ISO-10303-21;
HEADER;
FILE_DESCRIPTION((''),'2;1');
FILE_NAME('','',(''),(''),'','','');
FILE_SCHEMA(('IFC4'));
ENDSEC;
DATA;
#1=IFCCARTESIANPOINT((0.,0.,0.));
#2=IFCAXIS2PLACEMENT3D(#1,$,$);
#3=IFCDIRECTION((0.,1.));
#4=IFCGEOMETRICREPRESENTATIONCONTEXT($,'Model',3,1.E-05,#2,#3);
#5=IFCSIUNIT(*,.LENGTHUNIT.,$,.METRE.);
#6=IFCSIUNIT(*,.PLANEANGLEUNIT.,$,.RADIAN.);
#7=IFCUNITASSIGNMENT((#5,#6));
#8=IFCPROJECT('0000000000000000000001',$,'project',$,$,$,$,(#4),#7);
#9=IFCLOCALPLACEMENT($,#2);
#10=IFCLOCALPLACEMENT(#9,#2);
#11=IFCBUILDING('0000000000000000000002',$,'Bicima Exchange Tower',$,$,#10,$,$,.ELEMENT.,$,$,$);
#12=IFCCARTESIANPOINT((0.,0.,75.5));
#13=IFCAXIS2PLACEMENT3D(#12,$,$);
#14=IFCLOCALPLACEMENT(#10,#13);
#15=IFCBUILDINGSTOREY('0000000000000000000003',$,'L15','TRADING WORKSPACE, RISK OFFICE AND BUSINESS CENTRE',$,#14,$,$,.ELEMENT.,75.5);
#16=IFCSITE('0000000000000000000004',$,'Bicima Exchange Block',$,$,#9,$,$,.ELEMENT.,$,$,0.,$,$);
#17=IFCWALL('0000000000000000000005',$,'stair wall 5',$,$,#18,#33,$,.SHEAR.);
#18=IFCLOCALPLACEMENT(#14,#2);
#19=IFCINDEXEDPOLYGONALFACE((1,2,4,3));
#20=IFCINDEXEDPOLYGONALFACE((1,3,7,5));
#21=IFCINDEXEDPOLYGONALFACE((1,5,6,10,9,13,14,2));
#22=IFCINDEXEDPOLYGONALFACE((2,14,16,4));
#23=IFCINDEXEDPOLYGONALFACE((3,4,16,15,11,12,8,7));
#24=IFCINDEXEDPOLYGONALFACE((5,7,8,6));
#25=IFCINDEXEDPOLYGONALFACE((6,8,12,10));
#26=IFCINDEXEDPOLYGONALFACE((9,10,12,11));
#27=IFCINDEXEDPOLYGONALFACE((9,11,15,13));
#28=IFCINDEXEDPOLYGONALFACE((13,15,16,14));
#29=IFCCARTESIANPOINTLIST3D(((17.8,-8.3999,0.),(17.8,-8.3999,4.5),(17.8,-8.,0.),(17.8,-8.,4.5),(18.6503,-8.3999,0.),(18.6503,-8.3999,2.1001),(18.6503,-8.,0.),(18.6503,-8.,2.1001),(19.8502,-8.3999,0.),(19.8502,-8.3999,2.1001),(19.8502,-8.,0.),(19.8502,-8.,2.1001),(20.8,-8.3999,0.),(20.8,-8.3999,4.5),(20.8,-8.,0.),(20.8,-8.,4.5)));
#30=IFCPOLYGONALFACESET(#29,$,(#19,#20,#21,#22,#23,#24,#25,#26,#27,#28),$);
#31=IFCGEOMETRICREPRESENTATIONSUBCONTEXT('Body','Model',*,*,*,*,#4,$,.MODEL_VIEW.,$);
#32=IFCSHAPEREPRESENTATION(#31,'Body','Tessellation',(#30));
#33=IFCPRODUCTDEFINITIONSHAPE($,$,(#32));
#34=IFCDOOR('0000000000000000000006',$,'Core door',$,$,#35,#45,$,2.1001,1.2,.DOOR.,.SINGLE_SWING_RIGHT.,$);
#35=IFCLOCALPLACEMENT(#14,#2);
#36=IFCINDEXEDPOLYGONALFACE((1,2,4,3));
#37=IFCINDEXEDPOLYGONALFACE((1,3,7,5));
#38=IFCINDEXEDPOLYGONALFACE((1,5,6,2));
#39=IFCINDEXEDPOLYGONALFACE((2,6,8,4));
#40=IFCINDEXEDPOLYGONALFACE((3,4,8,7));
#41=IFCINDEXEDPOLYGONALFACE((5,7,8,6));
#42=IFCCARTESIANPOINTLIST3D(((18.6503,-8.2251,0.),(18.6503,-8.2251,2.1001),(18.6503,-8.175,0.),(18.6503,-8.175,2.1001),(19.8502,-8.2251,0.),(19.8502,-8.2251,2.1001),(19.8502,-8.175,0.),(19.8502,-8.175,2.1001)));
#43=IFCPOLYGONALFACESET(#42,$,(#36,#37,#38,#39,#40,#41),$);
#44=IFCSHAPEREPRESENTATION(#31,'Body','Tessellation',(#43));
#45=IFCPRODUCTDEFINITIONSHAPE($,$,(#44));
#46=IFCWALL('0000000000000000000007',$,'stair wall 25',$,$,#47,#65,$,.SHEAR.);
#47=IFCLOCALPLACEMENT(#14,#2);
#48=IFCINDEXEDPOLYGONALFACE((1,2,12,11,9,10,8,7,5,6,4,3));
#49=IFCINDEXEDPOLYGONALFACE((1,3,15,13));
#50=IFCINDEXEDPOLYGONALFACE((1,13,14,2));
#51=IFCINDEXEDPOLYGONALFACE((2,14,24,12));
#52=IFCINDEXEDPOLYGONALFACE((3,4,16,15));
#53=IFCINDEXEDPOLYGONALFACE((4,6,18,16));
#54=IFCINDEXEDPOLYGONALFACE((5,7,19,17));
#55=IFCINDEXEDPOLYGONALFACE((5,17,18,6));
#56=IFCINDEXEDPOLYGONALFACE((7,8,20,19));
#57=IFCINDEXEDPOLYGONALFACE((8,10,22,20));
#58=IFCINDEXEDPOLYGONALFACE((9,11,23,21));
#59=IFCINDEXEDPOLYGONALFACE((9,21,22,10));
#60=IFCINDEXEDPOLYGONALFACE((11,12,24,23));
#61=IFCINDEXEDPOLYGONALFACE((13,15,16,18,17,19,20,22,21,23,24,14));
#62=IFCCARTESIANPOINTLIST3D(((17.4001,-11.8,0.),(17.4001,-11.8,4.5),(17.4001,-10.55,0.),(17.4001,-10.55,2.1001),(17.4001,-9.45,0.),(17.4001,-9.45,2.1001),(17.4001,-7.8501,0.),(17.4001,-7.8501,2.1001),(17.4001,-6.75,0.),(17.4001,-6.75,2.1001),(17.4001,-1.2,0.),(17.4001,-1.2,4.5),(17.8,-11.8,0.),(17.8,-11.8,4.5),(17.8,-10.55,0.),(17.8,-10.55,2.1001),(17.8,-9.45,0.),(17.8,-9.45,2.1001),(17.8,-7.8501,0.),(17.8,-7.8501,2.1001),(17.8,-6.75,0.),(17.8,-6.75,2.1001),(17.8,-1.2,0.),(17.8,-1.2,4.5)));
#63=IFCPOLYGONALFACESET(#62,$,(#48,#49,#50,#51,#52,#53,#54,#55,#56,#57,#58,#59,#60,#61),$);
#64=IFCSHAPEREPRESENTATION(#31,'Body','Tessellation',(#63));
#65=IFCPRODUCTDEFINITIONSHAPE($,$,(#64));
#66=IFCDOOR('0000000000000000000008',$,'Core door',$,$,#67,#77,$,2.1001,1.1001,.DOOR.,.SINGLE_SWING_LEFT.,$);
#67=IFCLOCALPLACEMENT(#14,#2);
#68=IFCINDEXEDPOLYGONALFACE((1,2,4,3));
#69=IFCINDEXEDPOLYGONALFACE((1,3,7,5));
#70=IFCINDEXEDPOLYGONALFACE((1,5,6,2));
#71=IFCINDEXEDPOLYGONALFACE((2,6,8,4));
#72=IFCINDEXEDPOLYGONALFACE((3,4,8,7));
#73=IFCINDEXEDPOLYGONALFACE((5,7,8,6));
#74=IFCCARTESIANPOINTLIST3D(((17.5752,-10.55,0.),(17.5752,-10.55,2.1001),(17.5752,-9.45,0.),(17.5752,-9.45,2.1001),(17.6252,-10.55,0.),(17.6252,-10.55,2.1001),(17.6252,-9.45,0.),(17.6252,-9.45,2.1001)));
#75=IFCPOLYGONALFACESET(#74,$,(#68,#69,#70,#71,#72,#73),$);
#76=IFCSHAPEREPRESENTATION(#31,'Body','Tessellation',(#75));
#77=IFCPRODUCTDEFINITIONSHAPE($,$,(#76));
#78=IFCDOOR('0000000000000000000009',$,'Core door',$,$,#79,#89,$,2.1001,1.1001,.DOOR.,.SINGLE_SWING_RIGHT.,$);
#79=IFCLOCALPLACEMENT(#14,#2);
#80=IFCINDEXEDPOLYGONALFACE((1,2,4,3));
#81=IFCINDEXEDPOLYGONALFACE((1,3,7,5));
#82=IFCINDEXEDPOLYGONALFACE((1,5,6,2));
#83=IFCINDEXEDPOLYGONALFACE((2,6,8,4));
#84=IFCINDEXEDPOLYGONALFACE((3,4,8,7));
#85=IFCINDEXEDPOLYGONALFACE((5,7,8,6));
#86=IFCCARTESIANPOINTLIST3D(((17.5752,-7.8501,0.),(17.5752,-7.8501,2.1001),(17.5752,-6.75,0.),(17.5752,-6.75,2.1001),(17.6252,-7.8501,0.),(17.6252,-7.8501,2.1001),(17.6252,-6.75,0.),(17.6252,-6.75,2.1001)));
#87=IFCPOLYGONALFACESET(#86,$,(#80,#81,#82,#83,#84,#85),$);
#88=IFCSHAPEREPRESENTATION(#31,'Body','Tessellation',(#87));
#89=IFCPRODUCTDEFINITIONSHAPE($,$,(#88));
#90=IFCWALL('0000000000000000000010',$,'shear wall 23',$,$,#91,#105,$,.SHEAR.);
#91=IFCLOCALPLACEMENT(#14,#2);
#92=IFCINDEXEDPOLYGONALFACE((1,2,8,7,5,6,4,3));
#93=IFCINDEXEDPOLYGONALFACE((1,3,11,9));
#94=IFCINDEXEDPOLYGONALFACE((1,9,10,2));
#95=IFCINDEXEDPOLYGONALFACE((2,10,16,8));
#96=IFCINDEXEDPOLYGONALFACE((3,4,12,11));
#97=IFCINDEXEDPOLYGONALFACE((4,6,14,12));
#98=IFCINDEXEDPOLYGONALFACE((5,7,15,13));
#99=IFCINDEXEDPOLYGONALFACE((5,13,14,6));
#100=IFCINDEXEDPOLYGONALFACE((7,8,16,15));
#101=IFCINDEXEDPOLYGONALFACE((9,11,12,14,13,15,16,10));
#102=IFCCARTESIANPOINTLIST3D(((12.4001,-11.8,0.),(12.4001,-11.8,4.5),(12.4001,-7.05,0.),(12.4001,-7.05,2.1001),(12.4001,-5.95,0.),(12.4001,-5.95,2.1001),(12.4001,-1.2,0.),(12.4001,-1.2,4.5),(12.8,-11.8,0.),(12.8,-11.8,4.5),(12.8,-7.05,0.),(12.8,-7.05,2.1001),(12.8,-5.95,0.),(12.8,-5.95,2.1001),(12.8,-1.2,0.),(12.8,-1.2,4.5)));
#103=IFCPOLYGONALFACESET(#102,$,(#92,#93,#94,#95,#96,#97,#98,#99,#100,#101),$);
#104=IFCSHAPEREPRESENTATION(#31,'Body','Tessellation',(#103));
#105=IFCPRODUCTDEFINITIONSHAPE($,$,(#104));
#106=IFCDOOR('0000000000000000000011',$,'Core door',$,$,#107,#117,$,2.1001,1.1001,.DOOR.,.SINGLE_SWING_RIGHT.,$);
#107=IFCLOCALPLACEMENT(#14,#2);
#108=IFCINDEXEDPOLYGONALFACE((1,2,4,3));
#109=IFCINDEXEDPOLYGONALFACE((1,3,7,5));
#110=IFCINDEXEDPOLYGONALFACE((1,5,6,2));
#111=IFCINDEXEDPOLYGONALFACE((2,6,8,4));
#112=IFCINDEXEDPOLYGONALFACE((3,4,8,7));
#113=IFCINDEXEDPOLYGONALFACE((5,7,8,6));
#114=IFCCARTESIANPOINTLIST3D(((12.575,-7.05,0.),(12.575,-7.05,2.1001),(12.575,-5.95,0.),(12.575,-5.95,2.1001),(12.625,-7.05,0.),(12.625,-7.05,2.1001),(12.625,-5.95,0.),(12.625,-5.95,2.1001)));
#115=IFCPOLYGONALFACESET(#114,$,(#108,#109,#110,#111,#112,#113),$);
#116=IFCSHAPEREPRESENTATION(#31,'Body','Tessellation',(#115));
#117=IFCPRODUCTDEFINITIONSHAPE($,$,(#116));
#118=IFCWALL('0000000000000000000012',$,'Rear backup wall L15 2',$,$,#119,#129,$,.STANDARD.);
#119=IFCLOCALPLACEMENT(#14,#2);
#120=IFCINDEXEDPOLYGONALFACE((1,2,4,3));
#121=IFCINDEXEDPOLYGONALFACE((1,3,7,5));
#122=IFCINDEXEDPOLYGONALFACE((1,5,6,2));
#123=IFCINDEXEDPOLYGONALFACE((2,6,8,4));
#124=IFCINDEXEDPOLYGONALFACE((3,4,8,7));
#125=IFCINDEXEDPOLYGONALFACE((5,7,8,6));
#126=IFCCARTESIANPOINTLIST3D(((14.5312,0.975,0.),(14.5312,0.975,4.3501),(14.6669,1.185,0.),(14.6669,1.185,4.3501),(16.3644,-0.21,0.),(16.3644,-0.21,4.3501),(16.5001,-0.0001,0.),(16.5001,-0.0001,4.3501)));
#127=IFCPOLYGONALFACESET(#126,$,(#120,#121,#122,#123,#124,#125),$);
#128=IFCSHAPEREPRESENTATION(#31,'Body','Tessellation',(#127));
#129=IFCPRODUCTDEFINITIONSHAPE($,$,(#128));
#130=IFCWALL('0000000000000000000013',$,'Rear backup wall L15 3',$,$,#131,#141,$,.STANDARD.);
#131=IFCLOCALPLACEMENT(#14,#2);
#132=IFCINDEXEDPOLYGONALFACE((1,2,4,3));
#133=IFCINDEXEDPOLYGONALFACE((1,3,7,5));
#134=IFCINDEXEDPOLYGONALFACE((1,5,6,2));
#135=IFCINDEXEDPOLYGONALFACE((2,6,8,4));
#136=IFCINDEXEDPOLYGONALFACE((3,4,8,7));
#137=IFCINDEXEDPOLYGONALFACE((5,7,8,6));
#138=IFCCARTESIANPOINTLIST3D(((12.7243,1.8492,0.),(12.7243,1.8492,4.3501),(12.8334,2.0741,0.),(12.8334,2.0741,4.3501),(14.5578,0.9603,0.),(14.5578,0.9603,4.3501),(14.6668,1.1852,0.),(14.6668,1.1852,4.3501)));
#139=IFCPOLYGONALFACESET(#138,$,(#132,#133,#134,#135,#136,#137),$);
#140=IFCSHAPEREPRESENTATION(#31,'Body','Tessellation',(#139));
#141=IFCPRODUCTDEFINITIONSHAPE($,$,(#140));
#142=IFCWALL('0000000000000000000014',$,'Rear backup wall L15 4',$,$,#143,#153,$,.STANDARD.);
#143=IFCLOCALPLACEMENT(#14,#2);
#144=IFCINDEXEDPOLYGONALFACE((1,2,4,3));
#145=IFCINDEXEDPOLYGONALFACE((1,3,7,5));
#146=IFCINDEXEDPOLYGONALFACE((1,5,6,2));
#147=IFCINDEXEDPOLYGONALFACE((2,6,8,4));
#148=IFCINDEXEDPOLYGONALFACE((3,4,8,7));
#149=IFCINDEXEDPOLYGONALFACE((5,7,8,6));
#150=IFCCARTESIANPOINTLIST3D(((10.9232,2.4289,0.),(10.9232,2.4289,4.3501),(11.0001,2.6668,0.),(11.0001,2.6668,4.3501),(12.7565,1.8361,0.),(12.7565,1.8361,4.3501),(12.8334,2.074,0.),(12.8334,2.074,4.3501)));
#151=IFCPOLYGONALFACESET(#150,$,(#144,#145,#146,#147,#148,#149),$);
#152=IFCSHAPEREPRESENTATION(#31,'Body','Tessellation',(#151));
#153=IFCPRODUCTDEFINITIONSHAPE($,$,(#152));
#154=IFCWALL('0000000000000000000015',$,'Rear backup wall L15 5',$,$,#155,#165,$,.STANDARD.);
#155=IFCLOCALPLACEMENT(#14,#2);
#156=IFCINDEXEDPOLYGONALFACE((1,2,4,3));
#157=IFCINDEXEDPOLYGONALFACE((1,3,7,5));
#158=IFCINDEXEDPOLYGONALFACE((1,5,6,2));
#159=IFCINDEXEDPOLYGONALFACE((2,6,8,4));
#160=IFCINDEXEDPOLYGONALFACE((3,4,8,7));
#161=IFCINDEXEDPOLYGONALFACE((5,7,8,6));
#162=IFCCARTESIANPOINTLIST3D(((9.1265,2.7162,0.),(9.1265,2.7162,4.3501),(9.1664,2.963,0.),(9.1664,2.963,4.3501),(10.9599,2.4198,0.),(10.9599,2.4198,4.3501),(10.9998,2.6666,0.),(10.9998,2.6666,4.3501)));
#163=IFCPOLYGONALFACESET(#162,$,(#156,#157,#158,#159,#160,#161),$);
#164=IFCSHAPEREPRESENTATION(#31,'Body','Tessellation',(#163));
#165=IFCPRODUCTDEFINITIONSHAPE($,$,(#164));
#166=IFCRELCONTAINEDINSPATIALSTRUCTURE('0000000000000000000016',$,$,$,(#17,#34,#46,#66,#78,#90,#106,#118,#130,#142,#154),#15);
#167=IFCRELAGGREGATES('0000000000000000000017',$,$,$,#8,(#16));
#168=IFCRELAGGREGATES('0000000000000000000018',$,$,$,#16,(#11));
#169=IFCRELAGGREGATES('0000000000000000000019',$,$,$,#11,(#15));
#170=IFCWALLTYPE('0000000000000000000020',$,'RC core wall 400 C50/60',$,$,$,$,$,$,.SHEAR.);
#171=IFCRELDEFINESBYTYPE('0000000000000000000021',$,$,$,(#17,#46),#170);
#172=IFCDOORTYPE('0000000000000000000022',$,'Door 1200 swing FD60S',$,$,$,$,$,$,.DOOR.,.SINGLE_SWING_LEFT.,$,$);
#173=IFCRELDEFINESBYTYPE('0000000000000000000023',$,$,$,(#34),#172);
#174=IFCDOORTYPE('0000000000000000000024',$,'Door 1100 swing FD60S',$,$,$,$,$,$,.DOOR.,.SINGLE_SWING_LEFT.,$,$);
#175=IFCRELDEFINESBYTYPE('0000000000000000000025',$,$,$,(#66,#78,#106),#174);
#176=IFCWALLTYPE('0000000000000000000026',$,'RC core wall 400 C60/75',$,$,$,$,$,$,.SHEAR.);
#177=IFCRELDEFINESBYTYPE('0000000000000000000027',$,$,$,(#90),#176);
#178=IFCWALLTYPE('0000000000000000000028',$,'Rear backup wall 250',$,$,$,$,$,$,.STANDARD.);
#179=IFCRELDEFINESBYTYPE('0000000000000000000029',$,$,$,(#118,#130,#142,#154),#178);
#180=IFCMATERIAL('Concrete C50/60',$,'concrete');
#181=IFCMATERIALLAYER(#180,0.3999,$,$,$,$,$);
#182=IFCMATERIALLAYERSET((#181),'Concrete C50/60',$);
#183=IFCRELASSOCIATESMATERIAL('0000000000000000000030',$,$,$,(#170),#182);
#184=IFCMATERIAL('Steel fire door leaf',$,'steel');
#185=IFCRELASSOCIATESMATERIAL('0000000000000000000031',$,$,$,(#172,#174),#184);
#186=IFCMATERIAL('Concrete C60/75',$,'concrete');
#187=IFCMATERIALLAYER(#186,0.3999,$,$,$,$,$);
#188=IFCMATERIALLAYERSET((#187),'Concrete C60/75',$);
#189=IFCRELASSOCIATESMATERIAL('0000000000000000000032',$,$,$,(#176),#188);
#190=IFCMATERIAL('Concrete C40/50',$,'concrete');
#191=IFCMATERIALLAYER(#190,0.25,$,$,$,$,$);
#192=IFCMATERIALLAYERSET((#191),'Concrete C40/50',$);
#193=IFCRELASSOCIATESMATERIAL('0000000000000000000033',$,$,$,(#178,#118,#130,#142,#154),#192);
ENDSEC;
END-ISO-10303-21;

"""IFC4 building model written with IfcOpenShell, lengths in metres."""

from ifc_helpers import new_model, si_unit, direction, frame, frame_2d, origin, place, context, subcontext, project, spatial, rectangle, extrude, material, layer, layer_set, layer_usage, type_object, element, fill, save


model = new_model("IFC4")

# Units and contexts
model_context = context("Model", 3, precision=1e-05, world=origin(), true_north=direction((0.0, 1.0)))
body_context = subcontext(model_context, "Body", "Model", "MODEL_VIEW")
ifc_project = project(units=[si_unit("LENGTHUNIT", "METRE"), si_unit("PLANEANGLEUNIT", "RADIAN")], contexts=[model_context])

# Site, building, storey
site_placement = place(None, origin())
site = spatial("IfcSite", under=ifc_project, at=site_placement, Name="Bicima Exchange Block", CompositionType="ELEMENT", RefElevation=0.0)
building_placement = place(site_placement, origin())
building = spatial("IfcBuilding", under=site, at=building_placement, Name="Bicima Exchange Tower", CompositionType="ELEMENT")
storey_placement = place(building_placement, frame((0.0, 0.0, 75.5)))
storey = spatial("IfcBuildingStorey", under=building, at=storey_placement, Name="L15", Description="TRADING WORKSPACE, RISK OFFICE AND BUSINESS CENTRE", CompositionType="ELEMENT", Elevation=75.5)

# Wall, opening, door
ifc_material_1 = material(Name="Concrete C50/60", Category="concrete")
ifc_layer_1 = layer(ifc_material_1, 0.3999)
ifc_layer_set_1 = layer_set([ifc_layer_1], Name="Concrete C50/60")
wall_type_1 = type_object("IfcWallType", Name="RC core wall 400 C50/60", PredefinedType="SHEAR", material=ifc_layer_set_1)
wall_1_placement = place(storey_placement, frame((17.8, -8.2, 0.0), z_axis=(0.0, 0.0, 1.0), x_axis=(1.0, 0.0, 0.0)))
wall_1 = element("IfcWall", 1, at=wall_1_placement, inside=storey, type_object=wall_type_1, Name="stair wall 5", PredefinedType="SHEAR", context=body_context, shape_type="SweptSolid", body=[
    extrude(rectangle(XDim=3.0, YDim=0.3999, at=frame_2d((1.5, 0.0))), origin(), (0.0, 0.0, 1.0), 4.5),
])
opening_1_placement = place(wall_1_placement, frame((0.8501, 0.0, 0.0)))
opening_1 = element("IfcOpeningElement", 2, at=opening_1_placement, cuts=wall_1, PredefinedType="OPENING", context=body_context, shape_type="SweptSolid", body=[
    extrude(rectangle(XDim=1.2, YDim=2.1001, at=frame_2d((0.6001, 1.05))), frame((0.0, 0.2119, 0.0), z_axis=(0.0, -1.0, 0.0), x_axis=(1.0, 0.0, 0.0)), (0.0, 0.0, 1.0), 0.4238),
])
ifc_material_2 = material(Name="Steel fire door leaf", Category="steel")
door_type_1 = type_object("IfcDoorType", Name="Door 1200 swing FD60S", OperationType="SINGLE_SWING_LEFT", PredefinedType="DOOR", material=ifc_material_2)
door_1_placement = place(opening_1_placement, origin())
door_1 = element("IfcDoor", 3, at=door_1_placement, inside=storey, type_object=door_type_1, Name="Core door", OperationType="SINGLE_SWING_RIGHT", OverallHeight=2.1001, OverallWidth=1.2, PredefinedType="DOOR", context=body_context, shape_type="SweptSolid", body=[
    extrude(rectangle(XDim=1.2, YDim=2.1001, at=frame_2d((0.6001, 1.05))), frame((0.0, 0.0249, 0.0), z_axis=(0.0, -1.0, 0.0), x_axis=(1.0, 0.0, 0.0)), (0.0, 0.0, 1.0), 0.05),
])
fill(opening_1, door_1)

# Wall, openings, doors
wall_2_placement = place(storey_placement, frame((17.6001, -11.8, 0.0), z_axis=(0.0, 0.0, 1.0), x_axis=(0.0, 1.0, 0.0)))
wall_2 = element("IfcWall", 4, at=wall_2_placement, inside=storey, type_object=wall_type_1, Name="stair wall 25", PredefinedType="SHEAR", context=body_context, shape_type="SweptSolid", body=[
    extrude(rectangle(XDim=10.6001, YDim=0.3999, at=frame_2d((5.3, 0.0))), origin(), (0.0, 0.0, 1.0), 4.5),
])
opening_2_placement = place(wall_2_placement, frame((1.25, 0.0, 0.0)))
opening_2 = element("IfcOpeningElement", 5, at=opening_2_placement, cuts=wall_2, PredefinedType="OPENING", context=body_context, shape_type="SweptSolid", body=[
    extrude(rectangle(XDim=1.1001, YDim=2.1001, at=frame_2d((0.55, 1.05))), frame((0.0, 0.2119, 0.0), z_axis=(0.0, -1.0, 0.0), x_axis=(1.0, 0.0, 0.0)), (0.0, 0.0, 1.0), 0.4238),
])
opening_3_placement = place(wall_2_placement, frame((3.95, 0.0, 0.0)))
opening_3 = element("IfcOpeningElement", 6, at=opening_3_placement, cuts=wall_2, PredefinedType="OPENING", context=body_context, shape_type="SweptSolid", body=[
    extrude(rectangle(XDim=1.1001, YDim=2.1001, at=frame_2d((0.55, 1.05))), frame((0.0, 0.2119, 0.0), z_axis=(0.0, -1.0, 0.0), x_axis=(1.0, 0.0, 0.0)), (0.0, 0.0, 1.0), 0.4238),
])
door_type_2 = type_object("IfcDoorType", Name="Door 1100 swing FD60S", OperationType="SINGLE_SWING_LEFT", PredefinedType="DOOR", material=ifc_material_2)
door_2_placement = place(opening_2_placement, origin())
door_2 = element("IfcDoor", 7, at=door_2_placement, inside=storey, type_object=door_type_2, Name="Core door", OperationType="SINGLE_SWING_LEFT", OverallHeight=2.1001, OverallWidth=1.1001, PredefinedType="DOOR", context=body_context, shape_type="SweptSolid", body=[
    extrude(rectangle(XDim=1.1001, YDim=2.1001, at=frame_2d((0.55, 1.05))), frame((0.0, 0.0249, 0.0), z_axis=(0.0, -1.0, 0.0), x_axis=(1.0, 0.0, 0.0)), (0.0, 0.0, 1.0), 0.05),
])
fill(opening_2, door_2)
door_3_placement = place(opening_3_placement, origin())
door_3 = element("IfcDoor", 8, at=door_3_placement, inside=storey, type_object=door_type_2, Name="Core door", OperationType="SINGLE_SWING_RIGHT", OverallHeight=2.1001, OverallWidth=1.1001, PredefinedType="DOOR", context=body_context, shape_type="SweptSolid", body=[
    extrude(rectangle(XDim=1.1001, YDim=2.1001, at=frame_2d((0.55, 1.05))), frame((0.0, 0.0249, 0.0), z_axis=(0.0, -1.0, 0.0), x_axis=(1.0, 0.0, 0.0)), (0.0, 0.0, 1.0), 0.05),
])
fill(opening_3, door_3)

# Wall, opening, door
ifc_material_3 = material(Name="Concrete C60/75", Category="concrete")
ifc_layer_2 = layer(ifc_material_3, 0.3999)
ifc_layer_set_2 = layer_set([ifc_layer_2], Name="Concrete C60/75")
wall_type_2 = type_object("IfcWallType", Name="RC core wall 400 C60/75", PredefinedType="SHEAR", material=ifc_layer_set_2)
wall_3_placement = place(storey_placement, frame((12.6001, -11.8, 0.0), z_axis=(0.0, 0.0, 1.0), x_axis=(0.0, 1.0, 0.0)))
wall_3 = element("IfcWall", 9, at=wall_3_placement, inside=storey, type_object=wall_type_2, Name="shear wall 23", PredefinedType="SHEAR", context=body_context, shape_type="SweptSolid", body=[
    extrude(rectangle(XDim=10.6001, YDim=0.3999, at=frame_2d((5.3, 0.0))), origin(), (0.0, 0.0, 1.0), 4.5),
])
opening_4_placement = place(wall_3_placement, frame((4.75, 0.0, 0.0)))
opening_4 = element("IfcOpeningElement", 10, at=opening_4_placement, cuts=wall_3, PredefinedType="OPENING", context=body_context, shape_type="SweptSolid", body=[
    extrude(rectangle(XDim=1.1001, YDim=2.1001, at=frame_2d((0.55, 1.05))), frame((0.0, 0.2119, 0.0), z_axis=(0.0, -1.0, 0.0), x_axis=(1.0, 0.0, 0.0)), (0.0, 0.0, 1.0), 0.4238),
])
door_4_placement = place(opening_4_placement, frame((1.1001, 0.0, 0.0), z_axis=(0.0, 0.0, 1.0), x_axis=(-1.0, 0.0, 0.0)))
door_4 = element("IfcDoor", 11, at=door_4_placement, inside=storey, type_object=door_type_2, Name="Core door", OperationType="SINGLE_SWING_RIGHT", OverallHeight=2.1001, OverallWidth=1.1001, PredefinedType="DOOR", context=body_context, shape_type="SweptSolid", body=[
    extrude(rectangle(XDim=1.1001, YDim=2.1001, at=frame_2d((0.55, 1.05))), frame((0.0, 0.0249, 0.0), z_axis=(0.0, -1.0, 0.0), x_axis=(1.0, 0.0, 0.0)), (0.0, 0.0, 1.0), 0.05),
])
fill(opening_4, door_4)

# Walls
ifc_material_4 = material(Name="Concrete C40/50", Category="concrete")
ifc_layer_3 = layer(ifc_material_4, 0.25)
ifc_layer_set_3 = layer_set([ifc_layer_3], Name="Concrete C40/50")
ifc_layer_usage = layer_usage(ifc_layer_set_3, "AXIS2", "POSITIVE", -0.125)
wall_type_3 = type_object("IfcWallType", Name="Rear backup wall 250", PredefinedType="STANDARD", material=ifc_layer_set_3)
wall_4_placement = place(storey_placement, frame((16.4321, -0.105, 0.0), z_axis=(0.0, 0.0, 1.0), x_axis=(-0.839813, 0.542876, 0.0)))
element("IfcWall", 12, at=wall_4_placement, inside=storey, type_object=wall_type_3, material=ifc_layer_usage, Name="Rear backup wall L15 2", PredefinedType="STANDARD", context=body_context, shape_type="SweptSolid", body=[
    extrude(rectangle(XDim=2.1829, YDim=0.25, at=frame_2d((1.0913, 0.0))), origin(), (0.0, 0.0, 1.0), 4.3501),
])
wall_5_placement = place(storey_placement, frame((14.6123, 1.0728, 0.0), z_axis=(0.0, 0.0, 1.0), x_axis=(-0.899824, 0.436253, 0.0)))
element("IfcWall", 13, at=wall_5_placement, inside=storey, type_object=wall_type_3, material=ifc_layer_usage, Name="Rear backup wall L15 3", PredefinedType="STANDARD", context=body_context, shape_type="SweptSolid", body=[
    extrude(rectangle(XDim=2.0376, YDim=0.25, at=frame_2d((1.0188, 0.0))), origin(), (0.0, 0.0, 1.0), 4.3501),
])
wall_6_placement = place(storey_placement, frame((12.7949, 1.9551, 0.0), z_axis=(0.0, 0.0, 1.0), x_axis=(-0.951496, 0.307662, 0.0)))
element("IfcWall", 14, at=wall_6_placement, inside=storey, type_object=wall_type_3, material=ifc_layer_usage, Name="Rear backup wall L15 4", PredefinedType="STANDARD", context=body_context, shape_type="SweptSolid", body=[
    extrude(rectangle(XDim=1.9268, YDim=0.25, at=frame_2d((0.9634, 0.0))), origin(), (0.0, 0.0, 1.0), 4.3501),
])
wall_7_placement = place(storey_placement, frame((10.98, 2.5432, 0.0), z_axis=(0.0, 0.0, 1.0), x_axis=(-0.987182, 0.1596, 0.0)))
element("IfcWall", 15, at=wall_7_placement, inside=storey, type_object=wall_type_3, material=ifc_layer_usage, Name="Rear backup wall L15 5", PredefinedType="STANDARD", context=body_context, shape_type="SweptSolid", body=[
    extrude(rectangle(XDim=1.8572, YDim=0.25, at=frame_2d((0.9287, 0.0))), origin(), (0.0, 0.0, 1.0), 4.3501),
])

save(model, "model.ifc")
